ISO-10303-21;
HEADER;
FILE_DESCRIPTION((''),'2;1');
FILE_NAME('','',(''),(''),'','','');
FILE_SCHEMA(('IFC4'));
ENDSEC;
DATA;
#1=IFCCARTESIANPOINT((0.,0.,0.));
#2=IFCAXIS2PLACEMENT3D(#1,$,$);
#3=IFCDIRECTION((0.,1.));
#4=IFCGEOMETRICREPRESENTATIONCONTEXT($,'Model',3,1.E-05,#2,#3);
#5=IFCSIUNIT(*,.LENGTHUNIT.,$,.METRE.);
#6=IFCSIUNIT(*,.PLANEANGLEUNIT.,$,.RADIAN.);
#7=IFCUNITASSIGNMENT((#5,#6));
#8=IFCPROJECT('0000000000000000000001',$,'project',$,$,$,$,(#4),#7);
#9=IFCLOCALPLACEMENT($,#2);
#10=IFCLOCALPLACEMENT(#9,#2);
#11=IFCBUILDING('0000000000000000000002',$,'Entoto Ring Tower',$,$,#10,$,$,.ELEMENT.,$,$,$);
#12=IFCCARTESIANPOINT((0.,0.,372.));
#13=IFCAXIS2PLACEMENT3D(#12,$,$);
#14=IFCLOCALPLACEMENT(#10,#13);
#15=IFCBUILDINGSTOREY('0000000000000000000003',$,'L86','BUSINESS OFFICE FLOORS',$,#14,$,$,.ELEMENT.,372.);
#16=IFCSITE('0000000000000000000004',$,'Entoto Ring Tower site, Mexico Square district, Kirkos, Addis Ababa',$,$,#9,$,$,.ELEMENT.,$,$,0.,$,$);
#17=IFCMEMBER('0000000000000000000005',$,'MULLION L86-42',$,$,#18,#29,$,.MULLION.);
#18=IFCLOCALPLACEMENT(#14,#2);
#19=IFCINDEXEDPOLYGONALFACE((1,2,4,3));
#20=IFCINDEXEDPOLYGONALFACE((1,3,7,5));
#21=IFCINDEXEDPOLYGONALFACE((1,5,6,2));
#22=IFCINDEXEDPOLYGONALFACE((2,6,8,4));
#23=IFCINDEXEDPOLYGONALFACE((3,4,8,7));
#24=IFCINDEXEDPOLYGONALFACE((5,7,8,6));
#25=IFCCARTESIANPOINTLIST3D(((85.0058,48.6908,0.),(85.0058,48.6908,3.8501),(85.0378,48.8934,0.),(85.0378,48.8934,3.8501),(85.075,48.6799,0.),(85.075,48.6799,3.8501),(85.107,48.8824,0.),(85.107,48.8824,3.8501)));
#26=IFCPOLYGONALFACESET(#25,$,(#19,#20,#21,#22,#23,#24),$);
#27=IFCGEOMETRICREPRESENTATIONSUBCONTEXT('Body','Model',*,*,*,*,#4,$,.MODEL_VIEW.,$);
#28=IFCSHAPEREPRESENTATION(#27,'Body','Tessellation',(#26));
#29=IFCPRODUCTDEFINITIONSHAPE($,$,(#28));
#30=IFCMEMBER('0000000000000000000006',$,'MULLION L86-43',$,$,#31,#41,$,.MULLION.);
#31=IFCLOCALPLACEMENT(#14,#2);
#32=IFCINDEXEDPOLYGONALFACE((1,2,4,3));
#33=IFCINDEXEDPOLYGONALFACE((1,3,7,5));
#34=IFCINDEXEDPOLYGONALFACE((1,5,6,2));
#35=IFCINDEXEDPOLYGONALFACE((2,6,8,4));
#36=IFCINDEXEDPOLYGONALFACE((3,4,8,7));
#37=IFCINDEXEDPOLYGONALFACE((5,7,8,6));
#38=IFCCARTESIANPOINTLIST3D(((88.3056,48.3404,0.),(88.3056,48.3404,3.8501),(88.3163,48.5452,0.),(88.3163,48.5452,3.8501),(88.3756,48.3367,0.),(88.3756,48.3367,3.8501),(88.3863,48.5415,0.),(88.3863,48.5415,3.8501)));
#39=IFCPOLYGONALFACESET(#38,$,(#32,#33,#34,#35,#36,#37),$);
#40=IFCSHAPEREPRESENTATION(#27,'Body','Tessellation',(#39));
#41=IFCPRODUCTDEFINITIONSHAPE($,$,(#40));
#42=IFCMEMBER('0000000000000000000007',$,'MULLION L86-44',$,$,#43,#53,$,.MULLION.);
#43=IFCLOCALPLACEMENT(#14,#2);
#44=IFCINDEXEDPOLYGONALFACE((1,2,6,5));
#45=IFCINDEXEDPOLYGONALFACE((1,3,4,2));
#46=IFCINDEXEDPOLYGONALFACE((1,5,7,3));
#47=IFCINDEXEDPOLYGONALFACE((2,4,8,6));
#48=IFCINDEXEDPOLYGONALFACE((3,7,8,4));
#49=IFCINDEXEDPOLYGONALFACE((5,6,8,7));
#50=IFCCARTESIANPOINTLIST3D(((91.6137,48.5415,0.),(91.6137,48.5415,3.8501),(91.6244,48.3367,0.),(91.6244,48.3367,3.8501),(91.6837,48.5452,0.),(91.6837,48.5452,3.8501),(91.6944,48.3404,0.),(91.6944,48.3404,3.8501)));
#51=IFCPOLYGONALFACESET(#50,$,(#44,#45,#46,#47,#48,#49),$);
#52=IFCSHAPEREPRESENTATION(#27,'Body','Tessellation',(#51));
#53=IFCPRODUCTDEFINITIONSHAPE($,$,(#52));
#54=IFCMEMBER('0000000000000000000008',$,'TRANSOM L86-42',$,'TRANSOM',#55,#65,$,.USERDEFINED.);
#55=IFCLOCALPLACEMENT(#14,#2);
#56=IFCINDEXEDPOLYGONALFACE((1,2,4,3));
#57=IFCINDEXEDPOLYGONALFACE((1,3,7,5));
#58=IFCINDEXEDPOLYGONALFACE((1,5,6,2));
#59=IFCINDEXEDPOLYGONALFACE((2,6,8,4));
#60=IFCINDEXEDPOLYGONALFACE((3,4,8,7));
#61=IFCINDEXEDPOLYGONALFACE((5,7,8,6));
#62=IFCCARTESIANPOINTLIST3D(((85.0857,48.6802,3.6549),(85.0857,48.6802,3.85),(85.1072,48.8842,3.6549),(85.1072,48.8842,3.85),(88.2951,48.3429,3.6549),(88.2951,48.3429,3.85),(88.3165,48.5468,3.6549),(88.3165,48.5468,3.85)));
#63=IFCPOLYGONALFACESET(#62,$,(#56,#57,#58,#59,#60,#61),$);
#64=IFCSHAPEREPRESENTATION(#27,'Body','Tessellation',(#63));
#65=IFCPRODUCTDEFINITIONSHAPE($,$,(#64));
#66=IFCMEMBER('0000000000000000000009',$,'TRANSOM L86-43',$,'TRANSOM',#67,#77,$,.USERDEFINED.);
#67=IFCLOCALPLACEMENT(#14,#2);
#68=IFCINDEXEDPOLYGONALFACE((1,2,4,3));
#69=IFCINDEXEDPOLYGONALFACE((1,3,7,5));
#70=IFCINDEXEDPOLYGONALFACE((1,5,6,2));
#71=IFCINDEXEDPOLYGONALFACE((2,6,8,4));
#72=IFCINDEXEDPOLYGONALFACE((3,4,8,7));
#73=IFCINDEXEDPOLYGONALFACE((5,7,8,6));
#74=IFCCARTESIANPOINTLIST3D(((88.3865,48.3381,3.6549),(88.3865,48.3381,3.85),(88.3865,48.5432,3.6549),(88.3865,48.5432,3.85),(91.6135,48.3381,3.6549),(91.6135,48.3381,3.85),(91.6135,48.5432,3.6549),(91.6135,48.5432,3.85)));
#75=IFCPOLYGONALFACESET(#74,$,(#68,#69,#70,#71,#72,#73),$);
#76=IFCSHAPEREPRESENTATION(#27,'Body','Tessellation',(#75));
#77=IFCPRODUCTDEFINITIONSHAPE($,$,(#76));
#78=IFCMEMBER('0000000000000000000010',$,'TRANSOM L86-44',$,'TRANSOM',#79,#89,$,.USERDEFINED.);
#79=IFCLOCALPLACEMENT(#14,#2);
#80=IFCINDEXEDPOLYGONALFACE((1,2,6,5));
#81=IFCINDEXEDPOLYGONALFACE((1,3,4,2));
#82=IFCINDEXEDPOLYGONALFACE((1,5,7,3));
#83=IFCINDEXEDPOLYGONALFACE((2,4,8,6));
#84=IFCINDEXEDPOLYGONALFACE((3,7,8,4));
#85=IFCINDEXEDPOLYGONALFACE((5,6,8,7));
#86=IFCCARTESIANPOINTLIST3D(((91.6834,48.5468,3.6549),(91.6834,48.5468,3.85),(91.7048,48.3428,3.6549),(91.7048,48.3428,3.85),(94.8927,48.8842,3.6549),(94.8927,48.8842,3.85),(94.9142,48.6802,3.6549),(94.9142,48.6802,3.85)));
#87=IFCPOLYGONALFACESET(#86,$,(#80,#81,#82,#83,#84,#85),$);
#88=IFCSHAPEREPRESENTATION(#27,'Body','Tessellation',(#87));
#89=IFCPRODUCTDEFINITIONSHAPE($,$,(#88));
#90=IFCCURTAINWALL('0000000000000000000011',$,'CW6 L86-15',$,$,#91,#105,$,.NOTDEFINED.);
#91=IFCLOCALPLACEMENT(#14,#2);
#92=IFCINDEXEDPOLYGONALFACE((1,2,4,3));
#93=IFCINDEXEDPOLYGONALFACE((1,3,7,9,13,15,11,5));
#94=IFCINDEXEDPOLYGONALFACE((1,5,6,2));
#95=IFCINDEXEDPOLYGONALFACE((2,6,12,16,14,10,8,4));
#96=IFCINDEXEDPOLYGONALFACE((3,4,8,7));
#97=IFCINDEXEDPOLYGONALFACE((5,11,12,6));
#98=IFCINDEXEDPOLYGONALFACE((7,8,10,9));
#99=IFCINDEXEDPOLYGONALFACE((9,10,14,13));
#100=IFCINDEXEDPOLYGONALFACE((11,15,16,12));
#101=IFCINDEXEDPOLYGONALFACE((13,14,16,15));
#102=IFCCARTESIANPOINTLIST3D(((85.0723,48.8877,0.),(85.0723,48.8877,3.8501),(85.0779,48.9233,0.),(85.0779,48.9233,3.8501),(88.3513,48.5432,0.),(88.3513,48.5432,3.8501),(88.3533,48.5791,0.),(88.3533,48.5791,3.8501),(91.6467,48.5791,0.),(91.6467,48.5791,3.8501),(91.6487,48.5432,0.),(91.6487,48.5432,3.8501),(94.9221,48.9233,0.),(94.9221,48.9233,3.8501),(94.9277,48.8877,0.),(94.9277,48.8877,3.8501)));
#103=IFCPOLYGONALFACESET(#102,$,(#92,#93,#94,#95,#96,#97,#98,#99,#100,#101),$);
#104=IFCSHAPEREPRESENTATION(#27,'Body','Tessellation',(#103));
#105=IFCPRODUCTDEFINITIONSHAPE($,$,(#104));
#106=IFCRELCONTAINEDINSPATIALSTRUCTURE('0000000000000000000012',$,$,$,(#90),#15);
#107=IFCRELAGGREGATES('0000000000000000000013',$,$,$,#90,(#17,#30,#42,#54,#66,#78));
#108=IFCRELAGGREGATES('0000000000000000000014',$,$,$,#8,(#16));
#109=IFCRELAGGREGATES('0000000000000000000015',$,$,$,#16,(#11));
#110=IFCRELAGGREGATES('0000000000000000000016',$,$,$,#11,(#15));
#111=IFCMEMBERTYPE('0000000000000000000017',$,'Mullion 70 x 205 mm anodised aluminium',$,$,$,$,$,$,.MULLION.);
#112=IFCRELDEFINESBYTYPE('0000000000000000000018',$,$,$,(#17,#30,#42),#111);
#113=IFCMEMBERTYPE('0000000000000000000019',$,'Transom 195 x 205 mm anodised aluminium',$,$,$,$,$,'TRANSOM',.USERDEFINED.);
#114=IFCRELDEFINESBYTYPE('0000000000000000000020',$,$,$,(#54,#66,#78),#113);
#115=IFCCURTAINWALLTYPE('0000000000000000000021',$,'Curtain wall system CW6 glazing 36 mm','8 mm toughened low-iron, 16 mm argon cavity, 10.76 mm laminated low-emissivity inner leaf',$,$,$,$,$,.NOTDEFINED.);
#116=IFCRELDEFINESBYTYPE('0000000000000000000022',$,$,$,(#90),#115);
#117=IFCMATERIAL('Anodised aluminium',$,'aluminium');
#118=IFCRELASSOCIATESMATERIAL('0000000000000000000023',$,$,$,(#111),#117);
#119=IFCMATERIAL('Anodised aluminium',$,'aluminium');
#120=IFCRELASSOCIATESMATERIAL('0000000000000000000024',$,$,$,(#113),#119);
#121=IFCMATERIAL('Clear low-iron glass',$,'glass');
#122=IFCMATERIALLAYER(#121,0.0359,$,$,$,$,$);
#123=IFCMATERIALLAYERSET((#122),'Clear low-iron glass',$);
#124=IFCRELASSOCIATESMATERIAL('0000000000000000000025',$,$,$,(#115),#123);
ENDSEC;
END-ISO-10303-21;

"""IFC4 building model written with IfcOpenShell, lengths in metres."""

from ifc_helpers import new_model, si_unit, direction, frame, origin, origin_2d, place, context, subcontext, project, spatial, polyline, rectangle, outline, extrude, material, layer, layer_set, material_profile, profile_set, type_object, element, aggregate, save


model = new_model("IFC4")

# Units and contexts
model_context = context("Model", 3, precision=1e-05, world=origin(), true_north=direction((0.0, 1.0)))
body_context = subcontext(model_context, "Body", "Model", "MODEL_VIEW")
ifc_project = project(units=[si_unit("LENGTHUNIT", "METRE"), si_unit("PLANEANGLEUNIT", "RADIAN")], contexts=[model_context])

# Members
ifc_material_1 = material(Name="Anodised aluminium", Category="aluminium")
ifc_material_profile_1 = material_profile(ifc_material_1, rectangle(XDim=0.0701, YDim=0.2051, at=origin_2d()), Name="Mullion 70 x 205 mm anodised aluminium")
ifc_profile_set_1 = profile_set([ifc_material_profile_1], Name="Anodised aluminium")
member_type_1 = type_object("IfcMemberType", Name="Mullion 70 x 205 mm anodised aluminium", PredefinedType="MULLION", material=ifc_profile_set_1)
site_placement = place(None, origin())
building_placement = place(site_placement, origin())
storey_placement = place(building_placement, frame((0.0, 0.0, 372.0)))
member_1_placement = place(storey_placement, frame((85.0564, 48.7866, 0.0), z_axis=(0.0, 0.0, 1.0), x_axis=(0.987688, -0.156434, 0.0)))
member_1 = element("IfcMember", 1, at=member_1_placement, type_object=member_type_1, Name="MULLION L86-42", PredefinedType="MULLION", context=body_context, shape_type="SweptSolid", body=[
    extrude(rectangle(XDim=0.0701, YDim=0.2051, at=origin_2d()), origin(), (0.0, 0.0, 1.0), 3.8501),
])
member_2_placement = place(storey_placement, frame((88.3459, 48.4409, 0.0), z_axis=(0.0, 0.0, 1.0), x_axis=(0.99863, -0.052336, 0.0)))
member_2 = element("IfcMember", 2, at=member_2_placement, type_object=member_type_1, Name="MULLION L86-43", PredefinedType="MULLION", context=body_context, shape_type="SweptSolid", body=[
    extrude(rectangle(XDim=0.0701, YDim=0.2051, at=origin_2d()), origin(), (0.0, 0.0, 1.0), 3.8501),
])
member_3_placement = place(storey_placement, frame((91.6541, 48.4409, 0.0), z_axis=(0.0, 0.0, 1.0), x_axis=(0.99863, 0.052336, 0.0)))
member_3 = element("IfcMember", 3, at=member_3_placement, type_object=member_type_1, Name="MULLION L86-44", PredefinedType="MULLION", context=body_context, shape_type="SweptSolid", body=[
    extrude(rectangle(XDim=0.0701, YDim=0.2051, at=origin_2d()), origin(), (0.0, 0.0, 1.0), 3.8501),
])
ifc_material_2 = material(Name="Anodised aluminium", Category="aluminium")
ifc_material_profile_2 = material_profile(ifc_material_2, rectangle(XDim=0.2051, YDim=0.1951, at=origin_2d()), Name="Transom 195 x 205 mm anodised aluminium")
ifc_profile_set_2 = profile_set([ifc_material_profile_2], Name="Anodised aluminium")
member_type_2 = type_object("IfcMemberType", Name="Transom 195 x 205 mm anodised aluminium", ElementType="TRANSOM", PredefinedType="USERDEFINED", material=ifc_profile_set_2)
member_4_placement = place(storey_placement, frame((85.0964, 48.7822, 3.7524), z_axis=(0.99452, -0.104551, 0.0), x_axis=(0.104551, 0.99452, 0.0)))
member_4 = element("IfcMember", 4, at=member_4_placement, type_object=member_type_2, Name="TRANSOM L86-42", ObjectType="TRANSOM", PredefinedType="USERDEFINED", context=body_context, shape_type="SweptSolid", body=[
    extrude(rectangle(XDim=0.2051, YDim=0.1951, at=origin_2d()), origin(), (0.0, 0.0, 1.0), 3.2271),
])
member_5_placement = place(storey_placement, frame((88.3865, 48.4407, 3.7524), z_axis=(1.0, 0.0, 0.0), x_axis=(0.0, 1.0, 0.0)))
member_5 = element("IfcMember", 5, at=member_5_placement, type_object=member_type_2, Name="TRANSOM L86-43", ObjectType="TRANSOM", PredefinedType="USERDEFINED", context=body_context, shape_type="SweptSolid", body=[
    extrude(rectangle(XDim=0.2051, YDim=0.1951, at=origin_2d()), origin(), (0.0, 0.0, 1.0), 3.2271),
])
member_6_placement = place(storey_placement, frame((91.6941, 48.4448, 3.7524), z_axis=(0.99452, 0.104551, 0.0), x_axis=(-0.104551, 0.99452, 0.0)))
member_6 = element("IfcMember", 6, at=member_6_placement, type_object=member_type_2, Name="TRANSOM L86-44", ObjectType="TRANSOM", PredefinedType="USERDEFINED", context=body_context, shape_type="SweptSolid", body=[
    extrude(rectangle(XDim=0.2051, YDim=0.1951, at=origin_2d()), origin(), (0.0, 0.0, 1.0), 3.2271),
])

# Site, building, storey
site = spatial("IfcSite", under=ifc_project, at=site_placement, Name="Entoto Ring Tower site, Mexico Square district, Kirkos, Addis Ababa", CompositionType="ELEMENT", RefElevation=0.0)
building = spatial("IfcBuilding", under=site, at=building_placement, Name="Entoto Ring Tower", CompositionType="ELEMENT")
storey = spatial("IfcBuildingStorey", under=building, at=storey_placement, Name="L86", Description="BUSINESS OFFICE FLOORS", CompositionType="ELEMENT", Elevation=372.0)

# Curtain wall
ifc_material_3 = material(Name="Clear low-iron glass", Category="glass")
ifc_layer_1 = layer(ifc_material_3, 0.0359)
ifc_layer_set_1 = layer_set([ifc_layer_1], Name="Clear low-iron glass")
curtain_wall_type = type_object("IfcCurtainWallType", Name="Curtain wall system CW6 glazing 36 mm", Description="8 mm toughened low-iron, 16 mm argon cavity, 10.76 mm laminated low-emissivity inner leaf", PredefinedType="NOTDEFINED", material=ifc_layer_set_1)
curtain_wall_1_placement = place(storey_placement, origin())
curtain_wall_1 = element("IfcCurtainWall", 7, at=curtain_wall_1_placement, inside=storey, type_object=curtain_wall_type, Name="CW6 L86-15", PredefinedType="NOTDEFINED", context=body_context, shape_type="SweptSolid", body=[
    extrude(outline(polyline([(85.0723, 48.8877), (88.3513, 48.5432), (91.6487, 48.5432), (94.9277, 48.8877), (94.9221, 48.9233), (91.6467, 48.5791), (88.3533, 48.5791), (85.0779, 48.9233), (85.0723, 48.8877)])), origin(), (0.0, 0.0, 1.0), 3.8501),
])
aggregate(curtain_wall_1, [member_1, member_2, member_3, member_4, member_5, member_6])

save(model, "model.ifc")
